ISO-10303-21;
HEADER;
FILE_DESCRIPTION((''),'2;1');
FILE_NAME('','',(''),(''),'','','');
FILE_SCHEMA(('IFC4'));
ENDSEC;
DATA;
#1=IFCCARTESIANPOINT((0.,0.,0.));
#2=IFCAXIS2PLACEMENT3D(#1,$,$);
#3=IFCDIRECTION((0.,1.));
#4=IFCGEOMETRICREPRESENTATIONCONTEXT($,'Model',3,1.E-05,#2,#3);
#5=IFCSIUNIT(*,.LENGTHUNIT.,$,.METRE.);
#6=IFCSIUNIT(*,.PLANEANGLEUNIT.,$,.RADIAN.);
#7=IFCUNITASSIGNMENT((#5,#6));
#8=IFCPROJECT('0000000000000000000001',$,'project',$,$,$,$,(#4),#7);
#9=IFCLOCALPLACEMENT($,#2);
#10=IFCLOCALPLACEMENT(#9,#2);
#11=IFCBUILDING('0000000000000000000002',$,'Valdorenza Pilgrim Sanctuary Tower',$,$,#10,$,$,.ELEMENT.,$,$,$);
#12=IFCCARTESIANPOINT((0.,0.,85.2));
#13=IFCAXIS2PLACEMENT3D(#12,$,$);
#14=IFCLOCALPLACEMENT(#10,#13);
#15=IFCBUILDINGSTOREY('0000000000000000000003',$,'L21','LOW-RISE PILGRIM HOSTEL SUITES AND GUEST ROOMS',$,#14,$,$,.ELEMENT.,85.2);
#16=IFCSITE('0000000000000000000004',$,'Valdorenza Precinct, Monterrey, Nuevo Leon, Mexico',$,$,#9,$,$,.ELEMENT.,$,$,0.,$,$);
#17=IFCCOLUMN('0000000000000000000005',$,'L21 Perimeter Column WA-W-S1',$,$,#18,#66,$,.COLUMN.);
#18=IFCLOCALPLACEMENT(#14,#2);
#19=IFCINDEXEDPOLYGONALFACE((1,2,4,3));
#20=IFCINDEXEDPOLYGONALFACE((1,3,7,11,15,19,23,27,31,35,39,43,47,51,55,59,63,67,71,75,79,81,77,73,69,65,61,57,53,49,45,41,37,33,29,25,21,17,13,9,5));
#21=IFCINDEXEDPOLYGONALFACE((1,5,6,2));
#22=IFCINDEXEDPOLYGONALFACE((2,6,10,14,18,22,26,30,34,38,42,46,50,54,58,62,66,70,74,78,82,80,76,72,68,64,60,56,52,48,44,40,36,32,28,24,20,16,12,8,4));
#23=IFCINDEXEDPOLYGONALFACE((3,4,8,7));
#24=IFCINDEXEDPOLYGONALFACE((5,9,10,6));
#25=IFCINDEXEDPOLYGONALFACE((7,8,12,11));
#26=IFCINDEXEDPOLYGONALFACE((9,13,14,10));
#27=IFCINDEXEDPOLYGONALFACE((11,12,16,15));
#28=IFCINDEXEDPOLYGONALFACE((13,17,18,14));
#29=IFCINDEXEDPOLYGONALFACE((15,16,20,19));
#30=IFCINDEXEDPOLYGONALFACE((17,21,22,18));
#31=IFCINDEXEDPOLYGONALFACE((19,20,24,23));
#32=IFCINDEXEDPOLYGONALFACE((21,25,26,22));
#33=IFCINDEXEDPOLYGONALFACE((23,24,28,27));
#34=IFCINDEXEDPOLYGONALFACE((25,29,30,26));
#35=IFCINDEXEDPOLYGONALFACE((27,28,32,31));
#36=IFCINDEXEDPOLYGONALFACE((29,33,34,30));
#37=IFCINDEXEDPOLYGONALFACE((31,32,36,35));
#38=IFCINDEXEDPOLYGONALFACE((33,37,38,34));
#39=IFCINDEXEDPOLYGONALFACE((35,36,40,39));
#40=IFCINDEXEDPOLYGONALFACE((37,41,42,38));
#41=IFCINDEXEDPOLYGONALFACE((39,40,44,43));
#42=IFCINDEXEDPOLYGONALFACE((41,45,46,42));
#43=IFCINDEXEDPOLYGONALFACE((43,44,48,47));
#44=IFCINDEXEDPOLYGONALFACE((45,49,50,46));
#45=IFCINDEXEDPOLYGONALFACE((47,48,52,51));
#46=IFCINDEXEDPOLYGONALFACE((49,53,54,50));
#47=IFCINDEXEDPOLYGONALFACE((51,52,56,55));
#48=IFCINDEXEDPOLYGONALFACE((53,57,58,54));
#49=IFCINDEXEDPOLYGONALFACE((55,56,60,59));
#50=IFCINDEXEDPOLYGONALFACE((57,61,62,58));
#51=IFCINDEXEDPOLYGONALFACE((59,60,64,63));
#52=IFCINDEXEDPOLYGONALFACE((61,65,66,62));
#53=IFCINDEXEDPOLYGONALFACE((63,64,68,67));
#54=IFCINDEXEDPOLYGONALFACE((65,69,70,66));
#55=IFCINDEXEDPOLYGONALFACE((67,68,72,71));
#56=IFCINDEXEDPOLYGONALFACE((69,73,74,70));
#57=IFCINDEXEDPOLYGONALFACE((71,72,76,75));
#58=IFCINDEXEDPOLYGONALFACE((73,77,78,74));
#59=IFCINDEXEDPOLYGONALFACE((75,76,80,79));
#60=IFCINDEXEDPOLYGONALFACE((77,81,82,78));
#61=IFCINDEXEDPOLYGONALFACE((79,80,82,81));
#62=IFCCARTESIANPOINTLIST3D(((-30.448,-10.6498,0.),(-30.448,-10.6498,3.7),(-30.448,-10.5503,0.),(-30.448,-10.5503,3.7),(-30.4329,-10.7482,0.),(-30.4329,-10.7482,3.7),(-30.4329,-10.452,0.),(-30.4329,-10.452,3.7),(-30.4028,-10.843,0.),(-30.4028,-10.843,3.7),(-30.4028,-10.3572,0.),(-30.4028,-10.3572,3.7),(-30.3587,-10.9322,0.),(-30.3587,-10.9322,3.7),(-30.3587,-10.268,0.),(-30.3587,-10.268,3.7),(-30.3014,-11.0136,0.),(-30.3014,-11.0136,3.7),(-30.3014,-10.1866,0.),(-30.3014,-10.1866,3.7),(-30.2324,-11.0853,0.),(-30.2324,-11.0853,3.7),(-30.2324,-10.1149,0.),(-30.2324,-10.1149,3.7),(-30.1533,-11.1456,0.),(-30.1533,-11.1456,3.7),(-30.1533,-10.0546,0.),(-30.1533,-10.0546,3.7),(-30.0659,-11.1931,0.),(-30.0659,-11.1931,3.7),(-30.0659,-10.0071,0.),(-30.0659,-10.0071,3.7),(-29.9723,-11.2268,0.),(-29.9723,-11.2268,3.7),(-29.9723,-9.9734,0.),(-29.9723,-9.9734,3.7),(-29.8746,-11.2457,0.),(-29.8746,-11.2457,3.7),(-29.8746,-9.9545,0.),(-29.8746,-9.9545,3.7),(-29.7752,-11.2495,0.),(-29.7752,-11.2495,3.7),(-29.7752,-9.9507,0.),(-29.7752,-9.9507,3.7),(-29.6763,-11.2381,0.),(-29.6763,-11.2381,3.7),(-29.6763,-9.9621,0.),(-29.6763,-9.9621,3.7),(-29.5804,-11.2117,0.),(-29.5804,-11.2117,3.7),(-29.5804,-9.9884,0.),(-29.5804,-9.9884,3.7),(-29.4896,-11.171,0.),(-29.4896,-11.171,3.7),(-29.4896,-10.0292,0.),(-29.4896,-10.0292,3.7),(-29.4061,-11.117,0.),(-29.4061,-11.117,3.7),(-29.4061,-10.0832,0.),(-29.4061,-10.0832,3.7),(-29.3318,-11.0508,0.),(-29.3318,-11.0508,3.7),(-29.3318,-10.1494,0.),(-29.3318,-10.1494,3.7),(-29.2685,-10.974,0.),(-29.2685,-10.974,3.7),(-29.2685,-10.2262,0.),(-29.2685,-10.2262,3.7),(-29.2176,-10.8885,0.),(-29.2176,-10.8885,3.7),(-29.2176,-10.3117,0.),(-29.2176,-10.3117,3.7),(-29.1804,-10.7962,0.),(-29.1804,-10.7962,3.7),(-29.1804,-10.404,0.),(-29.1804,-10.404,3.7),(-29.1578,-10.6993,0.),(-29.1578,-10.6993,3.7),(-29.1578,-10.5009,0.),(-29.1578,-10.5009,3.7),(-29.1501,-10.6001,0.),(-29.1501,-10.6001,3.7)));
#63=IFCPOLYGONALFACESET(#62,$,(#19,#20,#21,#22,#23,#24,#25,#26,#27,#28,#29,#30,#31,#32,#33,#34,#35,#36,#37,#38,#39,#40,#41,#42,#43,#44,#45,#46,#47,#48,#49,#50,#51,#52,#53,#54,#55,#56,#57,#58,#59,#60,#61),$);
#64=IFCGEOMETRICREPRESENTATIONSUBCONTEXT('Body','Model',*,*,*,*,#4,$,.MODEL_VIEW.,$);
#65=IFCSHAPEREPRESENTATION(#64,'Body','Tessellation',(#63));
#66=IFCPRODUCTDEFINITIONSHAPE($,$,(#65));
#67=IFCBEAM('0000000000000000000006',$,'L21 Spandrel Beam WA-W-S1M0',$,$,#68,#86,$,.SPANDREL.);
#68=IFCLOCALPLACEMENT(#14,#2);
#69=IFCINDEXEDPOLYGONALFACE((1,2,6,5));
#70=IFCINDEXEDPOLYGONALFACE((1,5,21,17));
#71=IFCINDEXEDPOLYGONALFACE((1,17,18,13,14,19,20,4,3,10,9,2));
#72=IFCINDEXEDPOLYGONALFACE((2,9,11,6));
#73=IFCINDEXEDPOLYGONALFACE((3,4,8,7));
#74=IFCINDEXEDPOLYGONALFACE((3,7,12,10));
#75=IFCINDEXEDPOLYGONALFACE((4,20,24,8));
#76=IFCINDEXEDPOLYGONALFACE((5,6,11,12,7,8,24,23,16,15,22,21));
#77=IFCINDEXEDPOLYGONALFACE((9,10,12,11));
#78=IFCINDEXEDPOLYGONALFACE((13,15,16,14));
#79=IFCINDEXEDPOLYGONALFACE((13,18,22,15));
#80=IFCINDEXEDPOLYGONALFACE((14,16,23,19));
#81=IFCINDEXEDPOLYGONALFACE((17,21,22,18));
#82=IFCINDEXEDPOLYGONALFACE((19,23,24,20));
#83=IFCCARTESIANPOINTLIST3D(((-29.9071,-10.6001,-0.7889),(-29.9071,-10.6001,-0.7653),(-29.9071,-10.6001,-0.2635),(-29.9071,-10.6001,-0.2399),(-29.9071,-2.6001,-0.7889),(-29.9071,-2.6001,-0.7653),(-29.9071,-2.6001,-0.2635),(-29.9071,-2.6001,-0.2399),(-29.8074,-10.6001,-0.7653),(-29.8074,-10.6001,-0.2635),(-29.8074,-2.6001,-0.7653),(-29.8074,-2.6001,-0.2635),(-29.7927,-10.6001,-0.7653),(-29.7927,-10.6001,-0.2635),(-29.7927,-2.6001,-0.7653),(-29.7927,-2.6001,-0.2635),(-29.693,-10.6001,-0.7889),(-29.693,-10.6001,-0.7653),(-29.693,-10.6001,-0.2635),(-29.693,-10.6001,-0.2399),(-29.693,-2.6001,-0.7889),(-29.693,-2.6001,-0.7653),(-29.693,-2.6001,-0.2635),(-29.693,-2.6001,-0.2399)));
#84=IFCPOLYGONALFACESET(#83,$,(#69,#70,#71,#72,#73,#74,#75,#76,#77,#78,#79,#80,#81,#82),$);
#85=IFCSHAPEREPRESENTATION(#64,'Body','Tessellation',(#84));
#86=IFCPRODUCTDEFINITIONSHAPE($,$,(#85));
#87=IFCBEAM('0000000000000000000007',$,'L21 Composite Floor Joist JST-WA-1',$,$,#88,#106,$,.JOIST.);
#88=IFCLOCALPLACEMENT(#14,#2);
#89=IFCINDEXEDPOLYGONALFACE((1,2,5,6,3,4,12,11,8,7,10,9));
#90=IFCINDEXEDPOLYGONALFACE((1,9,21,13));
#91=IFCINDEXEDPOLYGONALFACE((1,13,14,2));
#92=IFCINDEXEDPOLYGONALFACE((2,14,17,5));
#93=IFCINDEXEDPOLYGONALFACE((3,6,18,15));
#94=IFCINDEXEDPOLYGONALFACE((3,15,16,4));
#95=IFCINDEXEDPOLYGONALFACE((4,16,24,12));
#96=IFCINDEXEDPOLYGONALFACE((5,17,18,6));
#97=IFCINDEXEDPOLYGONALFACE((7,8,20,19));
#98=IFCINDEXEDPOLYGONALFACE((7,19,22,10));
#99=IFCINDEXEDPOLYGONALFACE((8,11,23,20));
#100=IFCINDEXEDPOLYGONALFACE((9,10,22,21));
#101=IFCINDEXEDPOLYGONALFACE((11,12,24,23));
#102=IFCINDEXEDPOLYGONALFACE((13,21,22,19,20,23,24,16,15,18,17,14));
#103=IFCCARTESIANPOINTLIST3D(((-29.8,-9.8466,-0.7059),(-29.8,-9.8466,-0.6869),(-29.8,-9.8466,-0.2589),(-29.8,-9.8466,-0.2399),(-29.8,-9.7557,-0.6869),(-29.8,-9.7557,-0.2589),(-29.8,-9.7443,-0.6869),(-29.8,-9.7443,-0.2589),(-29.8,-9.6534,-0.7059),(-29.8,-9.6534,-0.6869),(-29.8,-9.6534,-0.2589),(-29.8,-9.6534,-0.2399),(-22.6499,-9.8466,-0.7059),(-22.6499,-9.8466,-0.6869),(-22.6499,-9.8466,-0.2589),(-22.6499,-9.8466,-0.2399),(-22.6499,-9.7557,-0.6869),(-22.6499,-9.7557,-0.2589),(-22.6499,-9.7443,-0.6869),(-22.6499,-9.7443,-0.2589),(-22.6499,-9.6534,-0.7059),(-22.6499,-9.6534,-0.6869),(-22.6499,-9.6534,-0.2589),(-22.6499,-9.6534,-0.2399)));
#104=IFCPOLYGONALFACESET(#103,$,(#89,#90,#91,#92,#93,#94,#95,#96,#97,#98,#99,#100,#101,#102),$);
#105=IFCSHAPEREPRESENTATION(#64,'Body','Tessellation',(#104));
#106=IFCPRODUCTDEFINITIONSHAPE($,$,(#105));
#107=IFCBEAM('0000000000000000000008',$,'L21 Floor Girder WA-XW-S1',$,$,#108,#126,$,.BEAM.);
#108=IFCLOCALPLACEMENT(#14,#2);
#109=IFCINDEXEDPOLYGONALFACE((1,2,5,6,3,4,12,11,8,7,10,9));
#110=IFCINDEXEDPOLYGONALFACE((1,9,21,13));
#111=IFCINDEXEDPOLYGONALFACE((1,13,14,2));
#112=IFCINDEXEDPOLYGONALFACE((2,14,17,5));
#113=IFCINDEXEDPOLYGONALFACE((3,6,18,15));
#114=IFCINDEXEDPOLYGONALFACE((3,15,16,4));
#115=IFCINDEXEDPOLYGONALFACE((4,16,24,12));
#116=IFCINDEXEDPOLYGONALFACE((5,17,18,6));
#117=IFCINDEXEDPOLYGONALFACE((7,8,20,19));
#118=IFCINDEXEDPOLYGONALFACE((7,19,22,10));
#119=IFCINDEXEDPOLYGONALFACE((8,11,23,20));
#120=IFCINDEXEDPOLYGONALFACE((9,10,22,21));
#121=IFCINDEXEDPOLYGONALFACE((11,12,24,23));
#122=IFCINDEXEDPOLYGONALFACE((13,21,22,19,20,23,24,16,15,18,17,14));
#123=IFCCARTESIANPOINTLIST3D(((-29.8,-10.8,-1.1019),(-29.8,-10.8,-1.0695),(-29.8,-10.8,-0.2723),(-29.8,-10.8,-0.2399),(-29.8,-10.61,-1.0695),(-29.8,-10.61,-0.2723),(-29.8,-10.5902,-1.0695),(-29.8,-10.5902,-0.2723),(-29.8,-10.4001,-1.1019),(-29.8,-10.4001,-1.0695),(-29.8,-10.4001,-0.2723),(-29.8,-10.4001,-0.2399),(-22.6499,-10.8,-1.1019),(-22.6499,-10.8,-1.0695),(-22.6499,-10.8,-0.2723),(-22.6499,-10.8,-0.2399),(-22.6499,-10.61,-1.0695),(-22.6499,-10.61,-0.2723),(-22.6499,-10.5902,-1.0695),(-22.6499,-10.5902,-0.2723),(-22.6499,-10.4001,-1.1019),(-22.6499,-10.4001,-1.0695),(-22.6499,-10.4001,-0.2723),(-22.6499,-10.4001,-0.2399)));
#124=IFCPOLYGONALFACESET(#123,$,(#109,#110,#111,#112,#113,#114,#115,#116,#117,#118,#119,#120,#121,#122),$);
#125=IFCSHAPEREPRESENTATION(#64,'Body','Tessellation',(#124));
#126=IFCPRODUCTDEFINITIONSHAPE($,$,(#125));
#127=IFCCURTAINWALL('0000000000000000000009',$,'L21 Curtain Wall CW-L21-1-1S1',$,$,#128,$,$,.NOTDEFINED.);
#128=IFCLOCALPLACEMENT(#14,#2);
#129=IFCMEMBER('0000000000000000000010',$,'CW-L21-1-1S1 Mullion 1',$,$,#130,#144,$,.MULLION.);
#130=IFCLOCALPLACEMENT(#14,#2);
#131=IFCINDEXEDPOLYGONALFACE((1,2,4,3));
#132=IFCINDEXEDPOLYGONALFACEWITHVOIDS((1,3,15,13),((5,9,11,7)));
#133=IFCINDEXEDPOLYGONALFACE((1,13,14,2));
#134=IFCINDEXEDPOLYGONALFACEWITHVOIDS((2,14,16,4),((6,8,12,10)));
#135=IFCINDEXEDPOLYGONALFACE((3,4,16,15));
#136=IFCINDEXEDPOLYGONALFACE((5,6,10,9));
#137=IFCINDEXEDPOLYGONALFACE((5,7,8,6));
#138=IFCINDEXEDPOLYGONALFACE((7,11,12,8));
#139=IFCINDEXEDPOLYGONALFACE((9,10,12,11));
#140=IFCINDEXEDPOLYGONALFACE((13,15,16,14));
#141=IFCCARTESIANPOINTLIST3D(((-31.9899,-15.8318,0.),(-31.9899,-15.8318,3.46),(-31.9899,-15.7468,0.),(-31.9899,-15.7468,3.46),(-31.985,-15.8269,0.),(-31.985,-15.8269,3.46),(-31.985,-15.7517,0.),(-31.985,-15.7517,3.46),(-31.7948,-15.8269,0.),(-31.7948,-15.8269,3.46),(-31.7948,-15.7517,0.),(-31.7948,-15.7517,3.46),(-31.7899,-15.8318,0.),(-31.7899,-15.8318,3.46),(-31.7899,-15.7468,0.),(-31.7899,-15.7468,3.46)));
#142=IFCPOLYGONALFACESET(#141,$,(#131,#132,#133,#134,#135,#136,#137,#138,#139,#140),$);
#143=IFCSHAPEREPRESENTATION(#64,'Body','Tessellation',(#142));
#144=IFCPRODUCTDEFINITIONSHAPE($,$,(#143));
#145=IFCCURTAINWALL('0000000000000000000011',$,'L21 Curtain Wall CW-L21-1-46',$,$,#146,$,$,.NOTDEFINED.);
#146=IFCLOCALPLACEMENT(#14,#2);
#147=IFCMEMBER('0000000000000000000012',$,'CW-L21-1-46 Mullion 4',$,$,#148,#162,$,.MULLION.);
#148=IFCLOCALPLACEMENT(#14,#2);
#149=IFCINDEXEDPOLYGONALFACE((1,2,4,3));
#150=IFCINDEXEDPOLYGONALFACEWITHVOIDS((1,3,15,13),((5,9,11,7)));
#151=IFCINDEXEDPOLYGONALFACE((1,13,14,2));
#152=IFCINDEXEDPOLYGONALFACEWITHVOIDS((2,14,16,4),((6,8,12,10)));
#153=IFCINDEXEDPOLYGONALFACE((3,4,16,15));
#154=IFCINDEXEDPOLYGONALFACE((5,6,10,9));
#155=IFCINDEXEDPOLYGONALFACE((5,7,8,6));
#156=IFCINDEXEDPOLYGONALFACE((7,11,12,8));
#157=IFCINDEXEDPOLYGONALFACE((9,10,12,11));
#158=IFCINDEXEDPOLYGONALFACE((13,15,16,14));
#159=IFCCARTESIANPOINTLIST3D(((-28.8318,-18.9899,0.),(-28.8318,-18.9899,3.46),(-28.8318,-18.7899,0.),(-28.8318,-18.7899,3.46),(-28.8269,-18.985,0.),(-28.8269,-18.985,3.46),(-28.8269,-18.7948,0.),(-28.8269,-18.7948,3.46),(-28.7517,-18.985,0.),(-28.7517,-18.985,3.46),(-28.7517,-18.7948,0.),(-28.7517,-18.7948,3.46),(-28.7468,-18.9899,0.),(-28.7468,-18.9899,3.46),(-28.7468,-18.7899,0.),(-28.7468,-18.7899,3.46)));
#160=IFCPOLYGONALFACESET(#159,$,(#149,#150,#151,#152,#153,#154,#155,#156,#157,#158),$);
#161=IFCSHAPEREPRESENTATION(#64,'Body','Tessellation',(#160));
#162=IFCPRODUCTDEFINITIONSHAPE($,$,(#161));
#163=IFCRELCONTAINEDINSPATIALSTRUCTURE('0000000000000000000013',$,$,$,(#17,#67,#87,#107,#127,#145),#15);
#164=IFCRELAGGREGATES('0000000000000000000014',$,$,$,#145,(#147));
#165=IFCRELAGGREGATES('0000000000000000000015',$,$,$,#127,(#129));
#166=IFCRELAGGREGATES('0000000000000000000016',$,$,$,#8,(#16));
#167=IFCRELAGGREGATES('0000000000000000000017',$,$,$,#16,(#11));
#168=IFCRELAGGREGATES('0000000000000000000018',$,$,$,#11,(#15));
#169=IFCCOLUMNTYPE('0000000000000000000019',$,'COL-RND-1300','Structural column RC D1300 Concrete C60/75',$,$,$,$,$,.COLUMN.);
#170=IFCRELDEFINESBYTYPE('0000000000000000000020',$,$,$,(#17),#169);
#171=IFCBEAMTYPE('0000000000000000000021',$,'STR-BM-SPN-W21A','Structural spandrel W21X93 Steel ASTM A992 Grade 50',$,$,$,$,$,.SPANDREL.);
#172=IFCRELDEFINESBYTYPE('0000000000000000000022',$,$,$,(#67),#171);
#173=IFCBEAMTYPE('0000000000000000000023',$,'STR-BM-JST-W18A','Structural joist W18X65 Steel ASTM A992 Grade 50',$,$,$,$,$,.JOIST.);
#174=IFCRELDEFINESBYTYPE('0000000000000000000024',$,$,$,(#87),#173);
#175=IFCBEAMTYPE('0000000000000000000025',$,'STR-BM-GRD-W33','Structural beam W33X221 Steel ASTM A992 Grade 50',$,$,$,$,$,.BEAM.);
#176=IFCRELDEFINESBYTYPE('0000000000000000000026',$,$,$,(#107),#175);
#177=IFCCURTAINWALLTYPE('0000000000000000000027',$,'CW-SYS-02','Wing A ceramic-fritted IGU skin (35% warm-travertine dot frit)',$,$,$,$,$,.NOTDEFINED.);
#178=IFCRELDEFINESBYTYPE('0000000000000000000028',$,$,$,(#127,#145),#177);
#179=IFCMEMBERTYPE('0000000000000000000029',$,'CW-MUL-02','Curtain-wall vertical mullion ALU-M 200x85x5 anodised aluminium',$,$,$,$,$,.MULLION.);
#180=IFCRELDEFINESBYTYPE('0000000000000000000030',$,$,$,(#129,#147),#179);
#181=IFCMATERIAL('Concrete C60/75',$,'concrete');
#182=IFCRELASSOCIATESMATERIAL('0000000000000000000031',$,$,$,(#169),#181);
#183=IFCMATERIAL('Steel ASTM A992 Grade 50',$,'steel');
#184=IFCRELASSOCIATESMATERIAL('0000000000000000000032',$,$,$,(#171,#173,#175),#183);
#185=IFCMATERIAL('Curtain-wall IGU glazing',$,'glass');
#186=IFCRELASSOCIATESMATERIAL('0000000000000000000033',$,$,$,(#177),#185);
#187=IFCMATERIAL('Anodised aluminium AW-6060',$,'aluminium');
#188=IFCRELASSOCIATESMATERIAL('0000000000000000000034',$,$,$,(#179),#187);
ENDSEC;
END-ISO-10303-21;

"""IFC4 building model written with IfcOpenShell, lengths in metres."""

from ifc_helpers import new_model, si_unit, direction, frame, origin, origin_2d, place, context, subcontext, project, spatial, hollow_rectangle, circle, i_section, extrude, source, transform, mapped, material, material_profile, profile_set, type_object, element, aggregate, save


model = new_model("IFC4")

# Units and contexts
model_context = context("Model", 3, precision=1e-05, world=origin(), true_north=direction((0.0, 1.0)))
body_context = subcontext(model_context, "Body", "Model", "MODEL_VIEW")
ifc_project = project(units=[si_unit("LENGTHUNIT", "METRE"), si_unit("PLANEANGLEUNIT", "RADIAN")], contexts=[model_context])

# Site, building, storey
site_placement = place(None, origin())
site = spatial("IfcSite", under=ifc_project, at=site_placement, Name="Valdorenza Precinct, Monterrey, Nuevo Leon, Mexico", CompositionType="ELEMENT", RefElevation=0.0)
building_placement = place(site_placement, origin())
building = spatial("IfcBuilding", under=site, at=building_placement, Name="Valdorenza Pilgrim Sanctuary Tower", CompositionType="ELEMENT")
storey_placement = place(building_placement, frame((0.0, 0.0, 85.2)))
storey = spatial("IfcBuildingStorey", under=building, at=storey_placement, Name="L21", Description="LOW-RISE PILGRIM HOSTEL SUITES AND GUEST ROOMS", CompositionType="ELEMENT", Elevation=85.2)

# Column
ifc_material_1 = material(Name="Concrete C60/75", Category="concrete")
ifc_material_profile_1 = material_profile(ifc_material_1, circle(Radius=0.6499, at=origin_2d()), Name="RC D1300")
ifc_profile_set_1 = profile_set([ifc_material_profile_1], Name="Concrete C60/75")
column_type = type_object("IfcColumnType", Name="COL-RND-1300", Description="Structural column RC D1300 Concrete C60/75", PredefinedType="COLUMN", material=ifc_profile_set_1)
shared_shape_1 = source(origin(), body_context, "Body", "SweptSolid", [
    extrude(circle(Radius=0.6499, at=origin_2d()), origin(), (0.0, 0.0, 1.0), 3.7),
])
column_placement = place(storey_placement, frame((-29.8, -10.6001, 0.0), z_axis=(0.0, 0.0, 1.0), x_axis=(1.0, 0.0, 0.0)))
element("IfcColumn", 1, at=column_placement, inside=storey, type_object=column_type, Name="L21 Perimeter Column WA-W-S1", PredefinedType="COLUMN", context=body_context, shape_type="MappedRepresentation", body=[
    mapped(shared_shape_1, transform((0.0, 0.0, 0.0), x_axis=(1.0, 0.0, 0.0), y_axis=(0.0, 1.0, 0.0), z_axis=(0.0, 0.0, 1.0), scale=1.0)),
])

# Beams
ifc_material_2 = material(Name="Steel ASTM A992 Grade 50", Category="steel")
ifc_material_profile_2 = material_profile(ifc_material_2, i_section(OverallWidth=0.2141, OverallDepth=0.5491, WebThickness=0.0146, FlangeThickness=0.0237, at=origin_2d()), Name="W21X93")
ifc_profile_set_2 = profile_set([ifc_material_profile_2], Name="Steel ASTM A992 Grade 50")
beam_type_1 = type_object("IfcBeamType", Name="STR-BM-SPN-W21A", Description="Structural spandrel W21X93 Steel ASTM A992 Grade 50", PredefinedType="SPANDREL", material=ifc_profile_set_2)
shared_shape_2 = source(origin(), body_context, "Body", "SweptSolid", [
    extrude(i_section(OverallWidth=0.2141, OverallDepth=0.5491, WebThickness=0.0146, FlangeThickness=0.0237, at=origin_2d()), origin(), (0.0, 0.0, 1.0), 8.0),
])
beam_1_placement = place(storey_placement, frame((-29.8, -10.6001, -0.5144), z_axis=(0.0, 1.0, 0.0), x_axis=(-1.0, 0.0, 0.0)))
element("IfcBeam", 2, at=beam_1_placement, inside=storey, type_object=beam_type_1, Name="L21 Spandrel Beam WA-W-S1M0", PredefinedType="SPANDREL", context=body_context, shape_type="MappedRepresentation", body=[
    mapped(shared_shape_2, transform((0.0, 0.0, 0.0), x_axis=(1.0, 0.0, 0.0), y_axis=(0.0, 1.0, 0.0), z_axis=(0.0, 0.0, 1.0), scale=1.0)),
])
ifc_material_profile_3 = material_profile(ifc_material_2, i_section(OverallWidth=0.1931, OverallDepth=0.4661, WebThickness=0.0115, FlangeThickness=0.019, at=origin_2d()), Name="W18X65")
ifc_profile_set_3 = profile_set([ifc_material_profile_3], Name="Steel ASTM A992 Grade 50")
beam_type_2 = type_object("IfcBeamType", Name="STR-BM-JST-W18A", Description="Structural joist W18X65 Steel ASTM A992 Grade 50", PredefinedType="JOIST", material=ifc_profile_set_3)
shared_shape_3 = source(origin(), body_context, "Body", "SweptSolid", [
    extrude(i_section(OverallWidth=0.1931, OverallDepth=0.4661, WebThickness=0.0115, FlangeThickness=0.019, at=origin_2d()), origin(), (0.0, 0.0, 1.0), 7.1501),
])
beam_2_placement = place(storey_placement, frame((-29.8, -9.75, -0.4729), z_axis=(1.0, 0.0, 0.0), x_axis=(0.0, 1.0, 0.0)))
element("IfcBeam", 3, at=beam_2_placement, inside=storey, type_object=beam_type_2, Name="L21 Composite Floor Joist JST-WA-1", PredefinedType="JOIST", context=body_context, shape_type="MappedRepresentation", body=[
    mapped(shared_shape_3, transform((0.0, 0.0, 0.0), x_axis=(1.0, 0.0, 0.0), y_axis=(0.0, 1.0, 0.0), z_axis=(0.0, 0.0, 1.0), scale=1.0)),
])
ifc_material_profile_4 = material_profile(ifc_material_2, i_section(OverallWidth=0.3999, OverallDepth=0.8621, WebThickness=0.0198, FlangeThickness=0.0325, at=origin_2d()), Name="W33X221")
ifc_profile_set_4 = profile_set([ifc_material_profile_4], Name="Steel ASTM A992 Grade 50")
beam_type_3 = type_object("IfcBeamType", Name="STR-BM-GRD-W33", Description="Structural beam W33X221 Steel ASTM A992 Grade 50", PredefinedType="BEAM", material=ifc_profile_set_4)
shared_shape_4 = source(origin(), body_context, "Body", "SweptSolid", [
    extrude(i_section(OverallWidth=0.3999, OverallDepth=0.8621, WebThickness=0.0198, FlangeThickness=0.0325, at=origin_2d()), origin(), (0.0, 0.0, 1.0), 7.1501),
])
beam_3_placement = place(storey_placement, frame((-29.8, -10.6001, -0.6709), z_axis=(1.0, 0.0, 0.0), x_axis=(0.0, 1.0, 0.0)))
element("IfcBeam", 4, at=beam_3_placement, inside=storey, type_object=beam_type_3, Name="L21 Floor Girder WA-XW-S1", PredefinedType="BEAM", context=body_context, shape_type="MappedRepresentation", body=[
    mapped(shared_shape_4, transform((0.0, 0.0, 0.0), x_axis=(1.0, 0.0, 0.0), y_axis=(0.0, 1.0, 0.0), z_axis=(0.0, 0.0, 1.0), scale=1.0)),
])

# Curtain walls, members
ifc_material_3 = material(Name="Curtain-wall IGU glazing", Category="glass")
curtain_wall_type = type_object("IfcCurtainWallType", Name="CW-SYS-02", Description="Wing A ceramic-fritted IGU skin (35% warm-travertine dot frit)", PredefinedType="NOTDEFINED", material=ifc_material_3)
curtain_wall_1_placement = place(storey_placement, origin())
curtain_wall_1 = element("IfcCurtainWall", 5, at=curtain_wall_1_placement, inside=storey, type_object=curtain_wall_type, Name="L21 Curtain Wall CW-L21-1-1S1", PredefinedType="NOTDEFINED")
ifc_material_4 = material(Name="Anodised aluminium AW-6060", Category="aluminium")
ifc_material_profile_5 = material_profile(ifc_material_4, hollow_rectangle(XDim=0.085, YDim=0.2, WallThickness=0.0049, at=origin_2d()), Name="ALU-M 200x85x5")
ifc_profile_set_5 = profile_set([ifc_material_profile_5], Name="Anodised aluminium AW-6060")
member_type_1 = type_object("IfcMemberType", Name="CW-MUL-02", Description="Curtain-wall vertical mullion ALU-M 200x85x5 anodised aluminium", PredefinedType="MULLION", material=ifc_profile_set_5)
shared_shape_5 = source(origin(), body_context, "Body", "SweptSolid", [
    extrude(hollow_rectangle(XDim=0.085, YDim=0.2, WallThickness=0.0049, at=origin_2d()), origin(), (0.0, 0.0, 1.0), 3.46),
])
member_1_placement = place(storey_placement, frame((-31.8899, -15.7893, 0.0), z_axis=(0.0, 0.0, 1.0), x_axis=(0.0, 1.0, 0.0)))
member_1 = element("IfcMember", 6, at=member_1_placement, type_object=member_type_1, Name="CW-L21-1-1S1 Mullion 1", PredefinedType="MULLION", context=body_context, shape_type="MappedRepresentation", body=[
    mapped(shared_shape_5, transform((0.0, 0.0, 0.0), x_axis=(1.0, 0.0, 0.0), y_axis=(0.0, 1.0, 0.0), z_axis=(0.0, 0.0, 1.0), scale=1.0)),
])
curtain_wall_2_placement = place(storey_placement, origin())
curtain_wall_2 = element("IfcCurtainWall", 7, at=curtain_wall_2_placement, inside=storey, type_object=curtain_wall_type, Name="L21 Curtain Wall CW-L21-1-46", PredefinedType="NOTDEFINED")
member_2_placement = place(storey_placement, frame((-28.7893, -18.8899, 0.0), z_axis=(0.0, 0.0, 1.0), x_axis=(-1.0, 0.0, 0.0)))
member_2 = element("IfcMember", 8, at=member_2_placement, type_object=member_type_1, Name="CW-L21-1-46 Mullion 4", PredefinedType="MULLION", context=body_context, shape_type="MappedRepresentation", body=[
    mapped(shared_shape_5, transform((0.0, 0.0, 0.0), x_axis=(1.0, 0.0, 0.0), y_axis=(0.0, 1.0, 0.0), z_axis=(0.0, 0.0, 1.0), scale=1.0)),
])

aggregate(curtain_wall_2, [member_2])
aggregate(curtain_wall_1, [member_1])

save(model, "model.ifc")
